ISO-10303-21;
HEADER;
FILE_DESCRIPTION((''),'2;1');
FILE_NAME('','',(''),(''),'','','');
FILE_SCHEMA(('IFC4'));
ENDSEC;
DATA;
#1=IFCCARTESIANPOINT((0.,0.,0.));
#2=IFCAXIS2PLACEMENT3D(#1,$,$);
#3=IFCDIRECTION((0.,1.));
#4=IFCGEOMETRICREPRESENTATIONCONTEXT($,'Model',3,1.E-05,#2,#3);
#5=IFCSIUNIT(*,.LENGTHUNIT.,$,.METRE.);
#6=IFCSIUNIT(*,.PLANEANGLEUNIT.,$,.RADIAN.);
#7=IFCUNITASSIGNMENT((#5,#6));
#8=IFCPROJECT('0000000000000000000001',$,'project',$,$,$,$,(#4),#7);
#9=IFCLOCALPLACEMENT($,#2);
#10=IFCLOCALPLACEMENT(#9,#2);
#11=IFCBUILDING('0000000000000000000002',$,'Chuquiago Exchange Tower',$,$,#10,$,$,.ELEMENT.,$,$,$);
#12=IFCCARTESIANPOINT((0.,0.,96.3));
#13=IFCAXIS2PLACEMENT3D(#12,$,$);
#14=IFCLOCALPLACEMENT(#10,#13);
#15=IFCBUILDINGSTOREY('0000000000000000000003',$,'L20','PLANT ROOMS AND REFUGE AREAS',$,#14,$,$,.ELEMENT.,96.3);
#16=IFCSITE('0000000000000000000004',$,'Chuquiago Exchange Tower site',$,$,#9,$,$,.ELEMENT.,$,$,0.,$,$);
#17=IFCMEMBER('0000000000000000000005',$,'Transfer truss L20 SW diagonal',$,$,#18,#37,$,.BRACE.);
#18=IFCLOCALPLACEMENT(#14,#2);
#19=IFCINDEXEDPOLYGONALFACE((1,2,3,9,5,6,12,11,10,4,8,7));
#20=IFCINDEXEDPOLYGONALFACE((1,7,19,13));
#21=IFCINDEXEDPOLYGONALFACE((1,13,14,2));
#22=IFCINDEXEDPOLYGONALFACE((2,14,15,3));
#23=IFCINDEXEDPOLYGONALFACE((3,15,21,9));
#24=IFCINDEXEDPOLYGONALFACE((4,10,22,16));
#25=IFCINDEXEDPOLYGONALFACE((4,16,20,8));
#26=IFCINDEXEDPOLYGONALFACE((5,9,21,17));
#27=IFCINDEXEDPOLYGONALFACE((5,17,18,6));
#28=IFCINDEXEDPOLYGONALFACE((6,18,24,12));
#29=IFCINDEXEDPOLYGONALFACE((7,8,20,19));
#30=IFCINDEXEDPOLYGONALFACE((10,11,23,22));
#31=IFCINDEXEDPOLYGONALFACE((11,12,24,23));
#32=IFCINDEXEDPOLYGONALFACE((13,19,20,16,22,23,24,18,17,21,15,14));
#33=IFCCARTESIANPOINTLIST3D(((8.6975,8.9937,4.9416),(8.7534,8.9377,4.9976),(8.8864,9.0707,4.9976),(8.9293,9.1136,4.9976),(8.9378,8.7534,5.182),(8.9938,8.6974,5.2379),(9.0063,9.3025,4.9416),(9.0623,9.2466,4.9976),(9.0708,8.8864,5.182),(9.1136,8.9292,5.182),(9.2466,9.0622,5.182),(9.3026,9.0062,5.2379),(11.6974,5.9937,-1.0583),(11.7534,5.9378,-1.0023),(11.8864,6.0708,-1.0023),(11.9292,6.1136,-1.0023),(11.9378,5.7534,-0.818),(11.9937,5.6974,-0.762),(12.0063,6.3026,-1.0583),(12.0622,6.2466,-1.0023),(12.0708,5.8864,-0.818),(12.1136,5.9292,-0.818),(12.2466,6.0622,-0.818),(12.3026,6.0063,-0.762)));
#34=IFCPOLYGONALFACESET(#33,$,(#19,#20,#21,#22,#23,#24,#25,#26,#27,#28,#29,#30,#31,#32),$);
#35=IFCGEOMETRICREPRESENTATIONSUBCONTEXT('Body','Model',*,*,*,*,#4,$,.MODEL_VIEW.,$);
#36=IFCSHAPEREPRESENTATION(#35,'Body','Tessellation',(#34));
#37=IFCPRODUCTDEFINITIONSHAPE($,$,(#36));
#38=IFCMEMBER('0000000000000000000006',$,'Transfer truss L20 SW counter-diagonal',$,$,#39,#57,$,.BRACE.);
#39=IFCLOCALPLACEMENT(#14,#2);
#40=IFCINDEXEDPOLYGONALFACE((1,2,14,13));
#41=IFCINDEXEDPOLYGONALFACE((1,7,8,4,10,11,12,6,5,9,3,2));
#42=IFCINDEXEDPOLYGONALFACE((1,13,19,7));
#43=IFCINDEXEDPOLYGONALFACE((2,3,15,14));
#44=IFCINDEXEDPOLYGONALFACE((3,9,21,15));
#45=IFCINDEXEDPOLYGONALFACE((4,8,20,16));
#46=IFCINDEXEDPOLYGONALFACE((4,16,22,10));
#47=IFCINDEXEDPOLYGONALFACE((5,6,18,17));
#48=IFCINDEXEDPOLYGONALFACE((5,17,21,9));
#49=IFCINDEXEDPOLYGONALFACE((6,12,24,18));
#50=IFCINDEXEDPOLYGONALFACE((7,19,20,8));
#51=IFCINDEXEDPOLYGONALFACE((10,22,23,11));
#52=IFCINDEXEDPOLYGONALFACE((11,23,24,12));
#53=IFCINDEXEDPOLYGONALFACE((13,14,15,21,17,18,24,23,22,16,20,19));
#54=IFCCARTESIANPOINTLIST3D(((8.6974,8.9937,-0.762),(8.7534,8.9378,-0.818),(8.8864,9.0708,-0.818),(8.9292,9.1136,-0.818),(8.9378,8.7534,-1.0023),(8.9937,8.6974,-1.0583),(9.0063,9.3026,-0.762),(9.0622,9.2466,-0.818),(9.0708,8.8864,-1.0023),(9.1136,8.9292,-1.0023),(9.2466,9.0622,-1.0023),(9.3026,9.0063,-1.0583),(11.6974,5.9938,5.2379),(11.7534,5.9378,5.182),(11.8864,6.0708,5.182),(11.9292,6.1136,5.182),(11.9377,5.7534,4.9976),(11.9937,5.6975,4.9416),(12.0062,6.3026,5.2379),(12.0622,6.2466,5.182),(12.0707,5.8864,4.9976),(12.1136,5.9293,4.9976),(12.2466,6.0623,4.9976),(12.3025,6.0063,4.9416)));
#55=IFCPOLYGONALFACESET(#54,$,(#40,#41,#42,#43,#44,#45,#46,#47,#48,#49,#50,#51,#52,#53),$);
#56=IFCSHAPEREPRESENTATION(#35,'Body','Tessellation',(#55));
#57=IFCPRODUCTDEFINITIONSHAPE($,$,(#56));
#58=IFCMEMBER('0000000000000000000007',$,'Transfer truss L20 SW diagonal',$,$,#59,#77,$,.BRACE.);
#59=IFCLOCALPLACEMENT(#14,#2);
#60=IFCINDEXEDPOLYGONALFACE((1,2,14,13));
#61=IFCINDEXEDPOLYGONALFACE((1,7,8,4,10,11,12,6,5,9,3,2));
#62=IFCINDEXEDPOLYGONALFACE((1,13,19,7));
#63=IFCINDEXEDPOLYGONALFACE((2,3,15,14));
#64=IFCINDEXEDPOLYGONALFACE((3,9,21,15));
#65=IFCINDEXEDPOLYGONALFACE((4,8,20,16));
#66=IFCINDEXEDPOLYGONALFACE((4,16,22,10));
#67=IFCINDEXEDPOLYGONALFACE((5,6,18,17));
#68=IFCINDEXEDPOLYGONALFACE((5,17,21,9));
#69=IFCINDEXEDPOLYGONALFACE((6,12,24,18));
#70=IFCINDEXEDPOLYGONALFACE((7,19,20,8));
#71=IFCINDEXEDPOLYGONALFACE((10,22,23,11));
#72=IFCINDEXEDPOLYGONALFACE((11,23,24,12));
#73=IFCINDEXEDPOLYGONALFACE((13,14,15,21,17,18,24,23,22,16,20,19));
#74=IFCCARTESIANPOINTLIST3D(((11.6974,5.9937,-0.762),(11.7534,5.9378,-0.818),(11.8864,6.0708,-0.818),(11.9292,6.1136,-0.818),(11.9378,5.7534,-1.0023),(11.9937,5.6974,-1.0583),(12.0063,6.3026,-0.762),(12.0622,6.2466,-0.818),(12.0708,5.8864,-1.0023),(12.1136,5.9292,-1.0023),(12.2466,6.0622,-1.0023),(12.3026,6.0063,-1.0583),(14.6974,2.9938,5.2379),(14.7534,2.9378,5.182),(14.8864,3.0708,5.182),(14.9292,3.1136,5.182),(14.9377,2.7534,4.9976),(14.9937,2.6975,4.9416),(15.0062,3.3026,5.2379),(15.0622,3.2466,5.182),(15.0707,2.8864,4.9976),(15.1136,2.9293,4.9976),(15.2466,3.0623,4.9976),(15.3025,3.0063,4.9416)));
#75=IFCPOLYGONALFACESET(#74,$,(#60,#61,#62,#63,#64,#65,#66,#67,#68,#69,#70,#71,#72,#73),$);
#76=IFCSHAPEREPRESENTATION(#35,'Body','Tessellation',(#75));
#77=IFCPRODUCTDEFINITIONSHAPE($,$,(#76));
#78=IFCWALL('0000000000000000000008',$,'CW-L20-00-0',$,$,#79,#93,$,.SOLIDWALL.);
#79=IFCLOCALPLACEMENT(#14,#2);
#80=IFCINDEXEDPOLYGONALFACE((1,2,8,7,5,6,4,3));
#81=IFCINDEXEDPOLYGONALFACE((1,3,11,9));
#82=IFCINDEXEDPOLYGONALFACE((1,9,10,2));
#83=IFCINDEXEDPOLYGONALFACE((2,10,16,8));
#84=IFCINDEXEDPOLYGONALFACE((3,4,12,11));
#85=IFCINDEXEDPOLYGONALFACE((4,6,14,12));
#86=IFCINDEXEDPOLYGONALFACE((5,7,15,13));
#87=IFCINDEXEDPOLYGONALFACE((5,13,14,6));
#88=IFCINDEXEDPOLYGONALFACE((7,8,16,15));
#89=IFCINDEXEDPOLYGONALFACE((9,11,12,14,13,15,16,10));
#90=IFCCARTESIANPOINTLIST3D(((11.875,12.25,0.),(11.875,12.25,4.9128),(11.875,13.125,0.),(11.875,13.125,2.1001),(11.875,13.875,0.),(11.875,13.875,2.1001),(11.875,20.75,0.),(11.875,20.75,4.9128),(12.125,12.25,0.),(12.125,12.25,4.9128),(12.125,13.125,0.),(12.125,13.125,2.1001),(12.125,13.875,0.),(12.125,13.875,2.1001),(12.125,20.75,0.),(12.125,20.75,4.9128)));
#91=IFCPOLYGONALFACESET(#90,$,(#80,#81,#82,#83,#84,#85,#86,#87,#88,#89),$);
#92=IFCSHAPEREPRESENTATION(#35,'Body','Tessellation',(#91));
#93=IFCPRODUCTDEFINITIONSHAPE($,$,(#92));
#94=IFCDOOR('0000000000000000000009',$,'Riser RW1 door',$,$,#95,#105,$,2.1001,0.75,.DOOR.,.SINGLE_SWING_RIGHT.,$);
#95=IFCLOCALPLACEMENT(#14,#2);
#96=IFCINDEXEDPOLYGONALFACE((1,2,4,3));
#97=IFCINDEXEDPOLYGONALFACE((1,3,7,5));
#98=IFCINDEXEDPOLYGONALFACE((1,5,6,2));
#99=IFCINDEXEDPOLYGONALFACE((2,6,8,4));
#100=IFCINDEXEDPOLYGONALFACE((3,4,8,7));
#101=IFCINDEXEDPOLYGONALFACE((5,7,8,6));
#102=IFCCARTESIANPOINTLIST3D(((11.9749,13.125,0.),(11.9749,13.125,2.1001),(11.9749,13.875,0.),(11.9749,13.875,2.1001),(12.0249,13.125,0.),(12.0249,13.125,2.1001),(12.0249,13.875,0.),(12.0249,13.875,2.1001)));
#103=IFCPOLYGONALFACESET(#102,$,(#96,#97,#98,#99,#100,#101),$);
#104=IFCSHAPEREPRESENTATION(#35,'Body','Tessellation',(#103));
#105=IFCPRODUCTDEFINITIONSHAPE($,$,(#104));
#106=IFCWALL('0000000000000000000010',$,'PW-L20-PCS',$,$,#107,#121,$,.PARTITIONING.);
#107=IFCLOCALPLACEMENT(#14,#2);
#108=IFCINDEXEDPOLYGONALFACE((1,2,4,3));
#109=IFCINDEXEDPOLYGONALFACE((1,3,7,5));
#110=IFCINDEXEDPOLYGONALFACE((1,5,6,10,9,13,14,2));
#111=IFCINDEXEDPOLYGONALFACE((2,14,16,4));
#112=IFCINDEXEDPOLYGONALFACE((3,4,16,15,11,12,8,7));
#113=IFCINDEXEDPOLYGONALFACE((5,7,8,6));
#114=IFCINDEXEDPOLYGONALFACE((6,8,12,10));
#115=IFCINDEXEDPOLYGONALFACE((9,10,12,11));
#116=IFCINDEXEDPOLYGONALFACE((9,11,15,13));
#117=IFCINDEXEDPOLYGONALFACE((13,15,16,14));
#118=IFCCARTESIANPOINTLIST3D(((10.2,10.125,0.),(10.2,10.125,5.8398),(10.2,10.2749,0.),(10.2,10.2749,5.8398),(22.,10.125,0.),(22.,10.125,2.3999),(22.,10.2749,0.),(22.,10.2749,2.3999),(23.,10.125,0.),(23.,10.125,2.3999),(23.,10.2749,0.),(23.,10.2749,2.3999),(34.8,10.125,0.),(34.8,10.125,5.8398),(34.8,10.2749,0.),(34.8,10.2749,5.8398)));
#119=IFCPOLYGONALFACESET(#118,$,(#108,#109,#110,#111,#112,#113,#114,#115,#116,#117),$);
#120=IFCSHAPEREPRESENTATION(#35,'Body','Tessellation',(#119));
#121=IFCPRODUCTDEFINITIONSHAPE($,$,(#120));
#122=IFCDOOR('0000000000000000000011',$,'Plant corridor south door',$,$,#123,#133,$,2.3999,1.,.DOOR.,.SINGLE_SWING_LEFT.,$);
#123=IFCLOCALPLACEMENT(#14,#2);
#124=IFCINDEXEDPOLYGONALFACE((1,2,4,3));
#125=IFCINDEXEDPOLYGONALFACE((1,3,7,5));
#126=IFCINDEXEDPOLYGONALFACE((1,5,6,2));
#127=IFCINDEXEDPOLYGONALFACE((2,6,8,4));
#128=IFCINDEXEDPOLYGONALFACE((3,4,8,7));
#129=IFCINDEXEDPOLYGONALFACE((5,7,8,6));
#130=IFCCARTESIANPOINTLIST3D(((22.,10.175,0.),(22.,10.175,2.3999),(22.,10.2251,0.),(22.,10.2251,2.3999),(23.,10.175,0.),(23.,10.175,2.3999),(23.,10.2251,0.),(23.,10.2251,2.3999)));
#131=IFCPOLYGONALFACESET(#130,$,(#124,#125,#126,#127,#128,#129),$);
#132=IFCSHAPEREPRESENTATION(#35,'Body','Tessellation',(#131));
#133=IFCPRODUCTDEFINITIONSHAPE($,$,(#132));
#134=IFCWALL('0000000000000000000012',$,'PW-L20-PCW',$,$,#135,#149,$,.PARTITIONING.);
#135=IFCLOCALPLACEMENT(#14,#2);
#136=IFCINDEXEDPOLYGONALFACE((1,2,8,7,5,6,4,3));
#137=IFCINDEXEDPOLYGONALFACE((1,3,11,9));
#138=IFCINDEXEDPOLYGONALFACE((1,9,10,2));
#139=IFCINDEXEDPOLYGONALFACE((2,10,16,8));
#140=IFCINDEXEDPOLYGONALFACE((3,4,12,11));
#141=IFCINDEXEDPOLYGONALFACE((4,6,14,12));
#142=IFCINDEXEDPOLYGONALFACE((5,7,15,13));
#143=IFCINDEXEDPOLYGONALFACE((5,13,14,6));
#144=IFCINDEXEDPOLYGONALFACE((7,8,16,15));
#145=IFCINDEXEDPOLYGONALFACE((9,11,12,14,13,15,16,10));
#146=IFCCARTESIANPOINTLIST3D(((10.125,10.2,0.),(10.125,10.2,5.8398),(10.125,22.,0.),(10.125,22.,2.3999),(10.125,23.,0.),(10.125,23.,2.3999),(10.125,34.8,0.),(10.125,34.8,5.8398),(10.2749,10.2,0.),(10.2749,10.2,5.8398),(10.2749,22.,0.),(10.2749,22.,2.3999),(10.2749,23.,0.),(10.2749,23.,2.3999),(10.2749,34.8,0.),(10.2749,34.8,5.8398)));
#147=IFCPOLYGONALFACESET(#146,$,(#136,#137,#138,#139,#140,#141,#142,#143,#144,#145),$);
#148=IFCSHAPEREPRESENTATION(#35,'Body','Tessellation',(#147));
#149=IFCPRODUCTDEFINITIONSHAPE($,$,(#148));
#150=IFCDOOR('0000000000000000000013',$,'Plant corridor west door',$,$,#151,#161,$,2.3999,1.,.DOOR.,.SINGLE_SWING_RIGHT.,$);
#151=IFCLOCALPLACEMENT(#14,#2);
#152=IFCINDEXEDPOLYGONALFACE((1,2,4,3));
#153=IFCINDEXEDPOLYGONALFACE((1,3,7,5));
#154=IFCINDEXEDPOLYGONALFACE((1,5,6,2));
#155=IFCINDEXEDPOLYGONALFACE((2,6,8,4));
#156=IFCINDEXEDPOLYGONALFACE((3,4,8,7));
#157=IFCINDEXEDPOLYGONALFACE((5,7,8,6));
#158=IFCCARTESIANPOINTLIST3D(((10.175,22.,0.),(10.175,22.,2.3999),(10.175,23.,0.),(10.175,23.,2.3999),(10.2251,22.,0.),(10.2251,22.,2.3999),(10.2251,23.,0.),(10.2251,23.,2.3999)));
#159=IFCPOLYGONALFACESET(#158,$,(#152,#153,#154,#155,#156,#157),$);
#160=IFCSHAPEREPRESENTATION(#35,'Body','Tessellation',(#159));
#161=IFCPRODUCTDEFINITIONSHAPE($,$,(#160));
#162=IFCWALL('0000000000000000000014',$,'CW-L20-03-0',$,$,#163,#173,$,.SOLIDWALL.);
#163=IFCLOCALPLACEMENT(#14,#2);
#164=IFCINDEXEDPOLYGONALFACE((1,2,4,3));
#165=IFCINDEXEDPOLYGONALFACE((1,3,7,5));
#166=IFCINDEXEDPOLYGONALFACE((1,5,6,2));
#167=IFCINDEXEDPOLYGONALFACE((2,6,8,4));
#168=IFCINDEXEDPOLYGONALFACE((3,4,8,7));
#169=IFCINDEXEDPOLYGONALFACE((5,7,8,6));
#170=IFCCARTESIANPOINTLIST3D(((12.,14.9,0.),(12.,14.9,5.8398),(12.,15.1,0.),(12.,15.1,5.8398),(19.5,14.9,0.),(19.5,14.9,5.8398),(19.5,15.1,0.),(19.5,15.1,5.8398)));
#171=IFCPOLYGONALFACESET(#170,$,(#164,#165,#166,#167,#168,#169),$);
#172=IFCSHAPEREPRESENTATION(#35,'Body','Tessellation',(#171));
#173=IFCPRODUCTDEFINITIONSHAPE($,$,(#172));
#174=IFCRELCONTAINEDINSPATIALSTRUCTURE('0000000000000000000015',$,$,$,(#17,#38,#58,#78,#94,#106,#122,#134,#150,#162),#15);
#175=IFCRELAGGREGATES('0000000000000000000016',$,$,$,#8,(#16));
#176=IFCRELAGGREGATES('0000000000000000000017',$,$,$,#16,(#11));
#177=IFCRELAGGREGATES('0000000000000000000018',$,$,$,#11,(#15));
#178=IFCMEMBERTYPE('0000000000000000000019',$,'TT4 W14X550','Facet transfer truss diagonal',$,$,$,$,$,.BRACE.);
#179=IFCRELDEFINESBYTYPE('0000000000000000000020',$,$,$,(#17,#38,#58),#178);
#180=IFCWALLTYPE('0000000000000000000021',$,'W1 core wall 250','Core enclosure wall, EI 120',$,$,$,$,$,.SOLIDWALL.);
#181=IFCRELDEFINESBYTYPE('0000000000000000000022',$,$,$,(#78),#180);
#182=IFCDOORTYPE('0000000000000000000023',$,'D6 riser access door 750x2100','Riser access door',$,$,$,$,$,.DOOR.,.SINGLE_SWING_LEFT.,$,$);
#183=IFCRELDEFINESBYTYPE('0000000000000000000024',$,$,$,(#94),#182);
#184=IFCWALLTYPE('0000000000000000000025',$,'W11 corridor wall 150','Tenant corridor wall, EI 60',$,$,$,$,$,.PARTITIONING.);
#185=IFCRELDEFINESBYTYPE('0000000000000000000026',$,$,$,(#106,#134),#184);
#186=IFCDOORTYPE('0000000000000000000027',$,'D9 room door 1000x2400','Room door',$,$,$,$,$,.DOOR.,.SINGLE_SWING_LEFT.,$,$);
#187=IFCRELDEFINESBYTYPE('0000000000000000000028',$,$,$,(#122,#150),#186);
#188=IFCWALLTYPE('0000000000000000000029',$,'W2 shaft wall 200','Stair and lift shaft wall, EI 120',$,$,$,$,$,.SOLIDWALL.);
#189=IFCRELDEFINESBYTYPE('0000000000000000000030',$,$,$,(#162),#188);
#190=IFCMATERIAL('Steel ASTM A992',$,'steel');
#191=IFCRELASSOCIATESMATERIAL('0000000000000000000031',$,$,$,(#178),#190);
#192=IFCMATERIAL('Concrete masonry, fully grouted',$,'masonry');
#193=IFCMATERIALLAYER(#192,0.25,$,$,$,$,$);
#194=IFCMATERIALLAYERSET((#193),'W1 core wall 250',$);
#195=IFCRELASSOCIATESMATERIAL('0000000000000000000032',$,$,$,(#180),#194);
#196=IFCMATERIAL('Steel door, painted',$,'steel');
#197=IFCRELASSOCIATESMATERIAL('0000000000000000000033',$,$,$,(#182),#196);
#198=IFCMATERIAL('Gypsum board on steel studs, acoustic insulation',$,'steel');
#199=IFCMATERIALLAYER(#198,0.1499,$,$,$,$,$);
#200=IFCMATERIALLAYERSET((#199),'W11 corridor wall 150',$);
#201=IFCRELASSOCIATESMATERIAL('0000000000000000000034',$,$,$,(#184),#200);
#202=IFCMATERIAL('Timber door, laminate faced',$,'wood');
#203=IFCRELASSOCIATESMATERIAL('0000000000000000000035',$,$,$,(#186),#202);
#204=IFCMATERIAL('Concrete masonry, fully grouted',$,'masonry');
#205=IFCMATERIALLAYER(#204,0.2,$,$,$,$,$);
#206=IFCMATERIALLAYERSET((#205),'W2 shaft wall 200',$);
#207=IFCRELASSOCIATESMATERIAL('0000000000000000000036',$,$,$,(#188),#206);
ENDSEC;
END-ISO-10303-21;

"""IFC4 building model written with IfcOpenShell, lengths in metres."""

from ifc_helpers import new_model, si_unit, direction, frame, frame_2d, origin, origin_2d, place, context, subcontext, project, spatial, rectangle, i_section, extrude, material, layer, layer_set, material_profile, profile_set, type_object, element, fill, save


model = new_model("IFC4")

# Units and contexts
model_context = context("Model", 3, precision=1e-05, world=origin(), true_north=direction((0.0, 1.0)))
body_context = subcontext(model_context, "Body", "Model", "MODEL_VIEW")
ifc_project = project(units=[si_unit("LENGTHUNIT", "METRE"), si_unit("PLANEANGLEUNIT", "RADIAN")], contexts=[model_context])

# Site, building, storey
site_placement = place(None, origin())
site = spatial("IfcSite", under=ifc_project, at=site_placement, Name="Chuquiago Exchange Tower site", CompositionType="ELEMENT", RefElevation=0.0)
building_placement = place(site_placement, origin())
building = spatial("IfcBuilding", under=site, at=building_placement, Name="Chuquiago Exchange Tower", CompositionType="ELEMENT")
storey_placement = place(building_placement, frame((0.0, 0.0, 96.3)))
storey = spatial("IfcBuildingStorey", under=building, at=storey_placement, Name="L20", Description="PLANT ROOMS AND REFUGE AREAS", CompositionType="ELEMENT", Elevation=96.3)

# Members
ifc_material_1 = material(Name="Steel ASTM A992", Category="steel")
ifc_material_profile_1 = material_profile(ifc_material_1, i_section(OverallWidth=0.4368, OverallDepth=0.5132, WebThickness=0.0605, FlangeThickness=0.0969, at=origin_2d()), Name="W14X550")
ifc_profile_set_1 = profile_set([ifc_material_profile_1], Name="Steel ASTM A992")
member_type_1 = type_object("IfcMemberType", Name="TT4 W14X550", Description="Facet transfer truss diagonal", PredefinedType="BRACE", material=ifc_profile_set_1)
for number, where, z_axis, x_axis, name in (
    (1, (12.0, 6.0, -0.9102), (-0.408248, 0.408248, 0.816497), (-0.707107, -0.707107, 0.0), "Transfer truss L20 SW diagonal"),
    (2, (9.0, 9.0, -0.9102), (0.408248, -0.408248, 0.816497), (0.707107, 0.707107, 0.0), "Transfer truss L20 SW counter-diagonal"),
    (3, (12.0, 6.0, -0.9102), (0.408248, -0.408248, 0.816497), (0.707107, 0.707107, 0.0), "Transfer truss L20 SW diagonal"),
):
    element("IfcMember", number, at=place(storey_placement, frame(where, z_axis=z_axis, x_axis=x_axis)), inside=storey, type_object=member_type_1, Name=name, PredefinedType="BRACE", context=body_context, shape_type="SweptSolid", body=[
        extrude(i_section(OverallWidth=0.4368, OverallDepth=0.5132, WebThickness=0.0605, FlangeThickness=0.0969, at=origin_2d()), origin(), (0.0, 0.0, 1.0), 7.3484),
    ])

# Walls, openings, doors
ifc_material_2 = material(Name="Concrete masonry, fully grouted", Category="masonry")
ifc_layer_1 = layer(ifc_material_2, 0.25)
ifc_layer_set_1 = layer_set([ifc_layer_1], Name="W1 core wall 250")
wall_type_1 = type_object("IfcWallType", Name="W1 core wall 250", Description="Core enclosure wall, EI 120", PredefinedType="SOLIDWALL", material=ifc_layer_set_1)
wall_1_placement = place(storey_placement, frame((12.0, 12.25, 0.0), z_axis=(0.0, 0.0, 1.0), x_axis=(0.0, 1.0, 0.0)))
wall_1 = element("IfcWall", 4, at=wall_1_placement, inside=storey, type_object=wall_type_1, Name="CW-L20-00-0", PredefinedType="SOLIDWALL", context=body_context, shape_type="SweptSolid", body=[
    extrude(rectangle(XDim=8.5, YDim=0.25, at=frame_2d((4.25, 0.0))), origin(), (0.0, 0.0, 1.0), 4.9128),
])
opening_1_placement = place(wall_1_placement, frame((0.875, 0.0, 0.0)))
opening_1 = element("IfcOpeningElement", 5, at=opening_1_placement, cuts=wall_1, PredefinedType="OPENING", context=body_context, shape_type="SweptSolid", body=[
    extrude(rectangle(XDim=0.75, YDim=2.1001, at=frame_2d((0.375, 1.05))), frame((0.0, 0.135, 0.0), z_axis=(0.0, -1.0, 0.0), x_axis=(1.0, 0.0, 0.0)), (0.0, 0.0, 1.0), 0.27),
])
ifc_material_3 = material(Name="Steel door, painted", Category="steel")
door_type_1 = type_object("IfcDoorType", Name="D6 riser access door 750x2100", Description="Riser access door", OperationType="SINGLE_SWING_LEFT", PredefinedType="DOOR", material=ifc_material_3)
door_1_placement = place(opening_1_placement, frame((0.75, 0.0, 0.0), z_axis=(0.0, 0.0, 1.0), x_axis=(-1.0, 0.0, 0.0)))
door_1 = element("IfcDoor", 6, at=door_1_placement, inside=storey, type_object=door_type_1, Name="Riser RW1 door", OperationType="SINGLE_SWING_RIGHT", OverallHeight=2.1001, OverallWidth=0.75, PredefinedType="DOOR", context=body_context, shape_type="SweptSolid", body=[
    extrude(rectangle(XDim=0.75, YDim=2.1001, at=frame_2d((0.375, 1.05))), frame((0.0, 0.0249, 0.0), z_axis=(0.0, -1.0, 0.0), x_axis=(1.0, 0.0, 0.0)), (0.0, 0.0, 1.0), 0.05),
])
fill(opening_1, door_1)
ifc_material_4 = material(Name="Gypsum board on steel studs, acoustic insulation", Category="steel")
ifc_layer_2 = layer(ifc_material_4, 0.1499)
ifc_layer_set_2 = layer_set([ifc_layer_2], Name="W11 corridor wall 150")
wall_type_2 = type_object("IfcWallType", Name="W11 corridor wall 150", Description="Tenant corridor wall, EI 60", PredefinedType="PARTITIONING", material=ifc_layer_set_2)
wall_2_placement = place(storey_placement, frame((10.2, 10.2, 0.0), z_axis=(0.0, 0.0, 1.0), x_axis=(1.0, 0.0, 0.0)))
wall_2 = element("IfcWall", 7, at=wall_2_placement, inside=storey, type_object=wall_type_2, Name="PW-L20-PCS", PredefinedType="PARTITIONING", context=body_context, shape_type="SweptSolid", body=[
    extrude(rectangle(XDim=24.6001, YDim=0.1499, at=frame_2d((12.3, 0.0))), origin(), (0.0, 0.0, 1.0), 5.8398),
])
opening_2_placement = place(wall_2_placement, frame((11.8, 0.0, 0.0)))
opening_2 = element("IfcOpeningElement", 8, at=opening_2_placement, cuts=wall_2, PredefinedType="OPENING", context=body_context, shape_type="SweptSolid", body=[
    extrude(rectangle(XDim=1.0, YDim=2.3999, at=frame_2d((0.5, 1.2))), frame((0.0, 0.085, 0.0), z_axis=(0.0, -1.0, 0.0), x_axis=(1.0, 0.0, 0.0)), (0.0, 0.0, 1.0), 0.1699),
])
ifc_material_5 = material(Name="Timber door, laminate faced", Category="wood")
door_type_2 = type_object("IfcDoorType", Name="D9 room door 1000x2400", Description="Room door", OperationType="SINGLE_SWING_LEFT", PredefinedType="DOOR", material=ifc_material_5)
door_2_placement = place(opening_2_placement, frame((1.0, 0.0, 0.0), z_axis=(0.0, 0.0, 1.0), x_axis=(-1.0, 0.0, 0.0)))
door_2 = element("IfcDoor", 9, at=door_2_placement, inside=storey, type_object=door_type_2, Name="Plant corridor south door", OperationType="SINGLE_SWING_LEFT", OverallHeight=2.3999, OverallWidth=1.0, PredefinedType="DOOR", context=body_context, shape_type="SweptSolid", body=[
    extrude(rectangle(XDim=1.0, YDim=2.3999, at=frame_2d((0.5, 1.2))), frame((0.0, 0.0249, 0.0), z_axis=(0.0, -1.0, 0.0), x_axis=(1.0, 0.0, 0.0)), (0.0, 0.0, 1.0), 0.05),
])
fill(opening_2, door_2)
wall_3_placement = place(storey_placement, frame((10.2, 10.2, 0.0), z_axis=(0.0, 0.0, 1.0), x_axis=(0.0, 1.0, 0.0)))
wall_3 = element("IfcWall", 10, at=wall_3_placement, inside=storey, type_object=wall_type_2, Name="PW-L20-PCW", PredefinedType="PARTITIONING", context=body_context, shape_type="SweptSolid", body=[
    extrude(rectangle(XDim=24.6001, YDim=0.1499, at=frame_2d((12.3, 0.0))), origin(), (0.0, 0.0, 1.0), 5.8398),
])
opening_3_placement = place(wall_3_placement, frame((11.8, 0.0, 0.0)))
opening_3 = element("IfcOpeningElement", 11, at=opening_3_placement, cuts=wall_3, PredefinedType="OPENING", context=body_context, shape_type="SweptSolid", body=[
    extrude(rectangle(XDim=1.0, YDim=2.3999, at=frame_2d((0.5, 1.2))), frame((0.0, 0.085, 0.0), z_axis=(0.0, -1.0, 0.0), x_axis=(1.0, 0.0, 0.0)), (0.0, 0.0, 1.0), 0.1699),
])
door_3_placement = place(opening_3_placement, origin())
door_3 = element("IfcDoor", 12, at=door_3_placement, inside=storey, type_object=door_type_2, Name="Plant corridor west door", OperationType="SINGLE_SWING_RIGHT", OverallHeight=2.3999, OverallWidth=1.0, PredefinedType="DOOR", context=body_context, shape_type="SweptSolid", body=[
    extrude(rectangle(XDim=1.0, YDim=2.3999, at=frame_2d((0.5, 1.2))), frame((0.0, 0.0249, 0.0), z_axis=(0.0, -1.0, 0.0), x_axis=(1.0, 0.0, 0.0)), (0.0, 0.0, 1.0), 0.05),
])
fill(opening_3, door_3)

# Wall
ifc_material_6 = material(Name="Concrete masonry, fully grouted", Category="masonry")
ifc_layer_3 = layer(ifc_material_6, 0.2)
ifc_layer_set_3 = layer_set([ifc_layer_3], Name="W2 shaft wall 200")
wall_type_3 = type_object("IfcWallType", Name="W2 shaft wall 200", Description="Stair and lift shaft wall, EI 120", PredefinedType="SOLIDWALL", material=ifc_layer_set_3)
wall_4_placement = place(storey_placement, frame((12.0, 15.0, 0.0), z_axis=(0.0, 0.0, 1.0), x_axis=(1.0, 0.0, 0.0)))
element("IfcWall", 13, at=wall_4_placement, inside=storey, type_object=wall_type_3, Name="CW-L20-03-0", PredefinedType="SOLIDWALL", context=body_context, shape_type="SweptSolid", body=[
    extrude(rectangle(XDim=7.5, YDim=0.2, at=frame_2d((3.75, 0.0))), origin(), (0.0, 0.0, 1.0), 5.8398),
])

save(model, "model.ifc")
